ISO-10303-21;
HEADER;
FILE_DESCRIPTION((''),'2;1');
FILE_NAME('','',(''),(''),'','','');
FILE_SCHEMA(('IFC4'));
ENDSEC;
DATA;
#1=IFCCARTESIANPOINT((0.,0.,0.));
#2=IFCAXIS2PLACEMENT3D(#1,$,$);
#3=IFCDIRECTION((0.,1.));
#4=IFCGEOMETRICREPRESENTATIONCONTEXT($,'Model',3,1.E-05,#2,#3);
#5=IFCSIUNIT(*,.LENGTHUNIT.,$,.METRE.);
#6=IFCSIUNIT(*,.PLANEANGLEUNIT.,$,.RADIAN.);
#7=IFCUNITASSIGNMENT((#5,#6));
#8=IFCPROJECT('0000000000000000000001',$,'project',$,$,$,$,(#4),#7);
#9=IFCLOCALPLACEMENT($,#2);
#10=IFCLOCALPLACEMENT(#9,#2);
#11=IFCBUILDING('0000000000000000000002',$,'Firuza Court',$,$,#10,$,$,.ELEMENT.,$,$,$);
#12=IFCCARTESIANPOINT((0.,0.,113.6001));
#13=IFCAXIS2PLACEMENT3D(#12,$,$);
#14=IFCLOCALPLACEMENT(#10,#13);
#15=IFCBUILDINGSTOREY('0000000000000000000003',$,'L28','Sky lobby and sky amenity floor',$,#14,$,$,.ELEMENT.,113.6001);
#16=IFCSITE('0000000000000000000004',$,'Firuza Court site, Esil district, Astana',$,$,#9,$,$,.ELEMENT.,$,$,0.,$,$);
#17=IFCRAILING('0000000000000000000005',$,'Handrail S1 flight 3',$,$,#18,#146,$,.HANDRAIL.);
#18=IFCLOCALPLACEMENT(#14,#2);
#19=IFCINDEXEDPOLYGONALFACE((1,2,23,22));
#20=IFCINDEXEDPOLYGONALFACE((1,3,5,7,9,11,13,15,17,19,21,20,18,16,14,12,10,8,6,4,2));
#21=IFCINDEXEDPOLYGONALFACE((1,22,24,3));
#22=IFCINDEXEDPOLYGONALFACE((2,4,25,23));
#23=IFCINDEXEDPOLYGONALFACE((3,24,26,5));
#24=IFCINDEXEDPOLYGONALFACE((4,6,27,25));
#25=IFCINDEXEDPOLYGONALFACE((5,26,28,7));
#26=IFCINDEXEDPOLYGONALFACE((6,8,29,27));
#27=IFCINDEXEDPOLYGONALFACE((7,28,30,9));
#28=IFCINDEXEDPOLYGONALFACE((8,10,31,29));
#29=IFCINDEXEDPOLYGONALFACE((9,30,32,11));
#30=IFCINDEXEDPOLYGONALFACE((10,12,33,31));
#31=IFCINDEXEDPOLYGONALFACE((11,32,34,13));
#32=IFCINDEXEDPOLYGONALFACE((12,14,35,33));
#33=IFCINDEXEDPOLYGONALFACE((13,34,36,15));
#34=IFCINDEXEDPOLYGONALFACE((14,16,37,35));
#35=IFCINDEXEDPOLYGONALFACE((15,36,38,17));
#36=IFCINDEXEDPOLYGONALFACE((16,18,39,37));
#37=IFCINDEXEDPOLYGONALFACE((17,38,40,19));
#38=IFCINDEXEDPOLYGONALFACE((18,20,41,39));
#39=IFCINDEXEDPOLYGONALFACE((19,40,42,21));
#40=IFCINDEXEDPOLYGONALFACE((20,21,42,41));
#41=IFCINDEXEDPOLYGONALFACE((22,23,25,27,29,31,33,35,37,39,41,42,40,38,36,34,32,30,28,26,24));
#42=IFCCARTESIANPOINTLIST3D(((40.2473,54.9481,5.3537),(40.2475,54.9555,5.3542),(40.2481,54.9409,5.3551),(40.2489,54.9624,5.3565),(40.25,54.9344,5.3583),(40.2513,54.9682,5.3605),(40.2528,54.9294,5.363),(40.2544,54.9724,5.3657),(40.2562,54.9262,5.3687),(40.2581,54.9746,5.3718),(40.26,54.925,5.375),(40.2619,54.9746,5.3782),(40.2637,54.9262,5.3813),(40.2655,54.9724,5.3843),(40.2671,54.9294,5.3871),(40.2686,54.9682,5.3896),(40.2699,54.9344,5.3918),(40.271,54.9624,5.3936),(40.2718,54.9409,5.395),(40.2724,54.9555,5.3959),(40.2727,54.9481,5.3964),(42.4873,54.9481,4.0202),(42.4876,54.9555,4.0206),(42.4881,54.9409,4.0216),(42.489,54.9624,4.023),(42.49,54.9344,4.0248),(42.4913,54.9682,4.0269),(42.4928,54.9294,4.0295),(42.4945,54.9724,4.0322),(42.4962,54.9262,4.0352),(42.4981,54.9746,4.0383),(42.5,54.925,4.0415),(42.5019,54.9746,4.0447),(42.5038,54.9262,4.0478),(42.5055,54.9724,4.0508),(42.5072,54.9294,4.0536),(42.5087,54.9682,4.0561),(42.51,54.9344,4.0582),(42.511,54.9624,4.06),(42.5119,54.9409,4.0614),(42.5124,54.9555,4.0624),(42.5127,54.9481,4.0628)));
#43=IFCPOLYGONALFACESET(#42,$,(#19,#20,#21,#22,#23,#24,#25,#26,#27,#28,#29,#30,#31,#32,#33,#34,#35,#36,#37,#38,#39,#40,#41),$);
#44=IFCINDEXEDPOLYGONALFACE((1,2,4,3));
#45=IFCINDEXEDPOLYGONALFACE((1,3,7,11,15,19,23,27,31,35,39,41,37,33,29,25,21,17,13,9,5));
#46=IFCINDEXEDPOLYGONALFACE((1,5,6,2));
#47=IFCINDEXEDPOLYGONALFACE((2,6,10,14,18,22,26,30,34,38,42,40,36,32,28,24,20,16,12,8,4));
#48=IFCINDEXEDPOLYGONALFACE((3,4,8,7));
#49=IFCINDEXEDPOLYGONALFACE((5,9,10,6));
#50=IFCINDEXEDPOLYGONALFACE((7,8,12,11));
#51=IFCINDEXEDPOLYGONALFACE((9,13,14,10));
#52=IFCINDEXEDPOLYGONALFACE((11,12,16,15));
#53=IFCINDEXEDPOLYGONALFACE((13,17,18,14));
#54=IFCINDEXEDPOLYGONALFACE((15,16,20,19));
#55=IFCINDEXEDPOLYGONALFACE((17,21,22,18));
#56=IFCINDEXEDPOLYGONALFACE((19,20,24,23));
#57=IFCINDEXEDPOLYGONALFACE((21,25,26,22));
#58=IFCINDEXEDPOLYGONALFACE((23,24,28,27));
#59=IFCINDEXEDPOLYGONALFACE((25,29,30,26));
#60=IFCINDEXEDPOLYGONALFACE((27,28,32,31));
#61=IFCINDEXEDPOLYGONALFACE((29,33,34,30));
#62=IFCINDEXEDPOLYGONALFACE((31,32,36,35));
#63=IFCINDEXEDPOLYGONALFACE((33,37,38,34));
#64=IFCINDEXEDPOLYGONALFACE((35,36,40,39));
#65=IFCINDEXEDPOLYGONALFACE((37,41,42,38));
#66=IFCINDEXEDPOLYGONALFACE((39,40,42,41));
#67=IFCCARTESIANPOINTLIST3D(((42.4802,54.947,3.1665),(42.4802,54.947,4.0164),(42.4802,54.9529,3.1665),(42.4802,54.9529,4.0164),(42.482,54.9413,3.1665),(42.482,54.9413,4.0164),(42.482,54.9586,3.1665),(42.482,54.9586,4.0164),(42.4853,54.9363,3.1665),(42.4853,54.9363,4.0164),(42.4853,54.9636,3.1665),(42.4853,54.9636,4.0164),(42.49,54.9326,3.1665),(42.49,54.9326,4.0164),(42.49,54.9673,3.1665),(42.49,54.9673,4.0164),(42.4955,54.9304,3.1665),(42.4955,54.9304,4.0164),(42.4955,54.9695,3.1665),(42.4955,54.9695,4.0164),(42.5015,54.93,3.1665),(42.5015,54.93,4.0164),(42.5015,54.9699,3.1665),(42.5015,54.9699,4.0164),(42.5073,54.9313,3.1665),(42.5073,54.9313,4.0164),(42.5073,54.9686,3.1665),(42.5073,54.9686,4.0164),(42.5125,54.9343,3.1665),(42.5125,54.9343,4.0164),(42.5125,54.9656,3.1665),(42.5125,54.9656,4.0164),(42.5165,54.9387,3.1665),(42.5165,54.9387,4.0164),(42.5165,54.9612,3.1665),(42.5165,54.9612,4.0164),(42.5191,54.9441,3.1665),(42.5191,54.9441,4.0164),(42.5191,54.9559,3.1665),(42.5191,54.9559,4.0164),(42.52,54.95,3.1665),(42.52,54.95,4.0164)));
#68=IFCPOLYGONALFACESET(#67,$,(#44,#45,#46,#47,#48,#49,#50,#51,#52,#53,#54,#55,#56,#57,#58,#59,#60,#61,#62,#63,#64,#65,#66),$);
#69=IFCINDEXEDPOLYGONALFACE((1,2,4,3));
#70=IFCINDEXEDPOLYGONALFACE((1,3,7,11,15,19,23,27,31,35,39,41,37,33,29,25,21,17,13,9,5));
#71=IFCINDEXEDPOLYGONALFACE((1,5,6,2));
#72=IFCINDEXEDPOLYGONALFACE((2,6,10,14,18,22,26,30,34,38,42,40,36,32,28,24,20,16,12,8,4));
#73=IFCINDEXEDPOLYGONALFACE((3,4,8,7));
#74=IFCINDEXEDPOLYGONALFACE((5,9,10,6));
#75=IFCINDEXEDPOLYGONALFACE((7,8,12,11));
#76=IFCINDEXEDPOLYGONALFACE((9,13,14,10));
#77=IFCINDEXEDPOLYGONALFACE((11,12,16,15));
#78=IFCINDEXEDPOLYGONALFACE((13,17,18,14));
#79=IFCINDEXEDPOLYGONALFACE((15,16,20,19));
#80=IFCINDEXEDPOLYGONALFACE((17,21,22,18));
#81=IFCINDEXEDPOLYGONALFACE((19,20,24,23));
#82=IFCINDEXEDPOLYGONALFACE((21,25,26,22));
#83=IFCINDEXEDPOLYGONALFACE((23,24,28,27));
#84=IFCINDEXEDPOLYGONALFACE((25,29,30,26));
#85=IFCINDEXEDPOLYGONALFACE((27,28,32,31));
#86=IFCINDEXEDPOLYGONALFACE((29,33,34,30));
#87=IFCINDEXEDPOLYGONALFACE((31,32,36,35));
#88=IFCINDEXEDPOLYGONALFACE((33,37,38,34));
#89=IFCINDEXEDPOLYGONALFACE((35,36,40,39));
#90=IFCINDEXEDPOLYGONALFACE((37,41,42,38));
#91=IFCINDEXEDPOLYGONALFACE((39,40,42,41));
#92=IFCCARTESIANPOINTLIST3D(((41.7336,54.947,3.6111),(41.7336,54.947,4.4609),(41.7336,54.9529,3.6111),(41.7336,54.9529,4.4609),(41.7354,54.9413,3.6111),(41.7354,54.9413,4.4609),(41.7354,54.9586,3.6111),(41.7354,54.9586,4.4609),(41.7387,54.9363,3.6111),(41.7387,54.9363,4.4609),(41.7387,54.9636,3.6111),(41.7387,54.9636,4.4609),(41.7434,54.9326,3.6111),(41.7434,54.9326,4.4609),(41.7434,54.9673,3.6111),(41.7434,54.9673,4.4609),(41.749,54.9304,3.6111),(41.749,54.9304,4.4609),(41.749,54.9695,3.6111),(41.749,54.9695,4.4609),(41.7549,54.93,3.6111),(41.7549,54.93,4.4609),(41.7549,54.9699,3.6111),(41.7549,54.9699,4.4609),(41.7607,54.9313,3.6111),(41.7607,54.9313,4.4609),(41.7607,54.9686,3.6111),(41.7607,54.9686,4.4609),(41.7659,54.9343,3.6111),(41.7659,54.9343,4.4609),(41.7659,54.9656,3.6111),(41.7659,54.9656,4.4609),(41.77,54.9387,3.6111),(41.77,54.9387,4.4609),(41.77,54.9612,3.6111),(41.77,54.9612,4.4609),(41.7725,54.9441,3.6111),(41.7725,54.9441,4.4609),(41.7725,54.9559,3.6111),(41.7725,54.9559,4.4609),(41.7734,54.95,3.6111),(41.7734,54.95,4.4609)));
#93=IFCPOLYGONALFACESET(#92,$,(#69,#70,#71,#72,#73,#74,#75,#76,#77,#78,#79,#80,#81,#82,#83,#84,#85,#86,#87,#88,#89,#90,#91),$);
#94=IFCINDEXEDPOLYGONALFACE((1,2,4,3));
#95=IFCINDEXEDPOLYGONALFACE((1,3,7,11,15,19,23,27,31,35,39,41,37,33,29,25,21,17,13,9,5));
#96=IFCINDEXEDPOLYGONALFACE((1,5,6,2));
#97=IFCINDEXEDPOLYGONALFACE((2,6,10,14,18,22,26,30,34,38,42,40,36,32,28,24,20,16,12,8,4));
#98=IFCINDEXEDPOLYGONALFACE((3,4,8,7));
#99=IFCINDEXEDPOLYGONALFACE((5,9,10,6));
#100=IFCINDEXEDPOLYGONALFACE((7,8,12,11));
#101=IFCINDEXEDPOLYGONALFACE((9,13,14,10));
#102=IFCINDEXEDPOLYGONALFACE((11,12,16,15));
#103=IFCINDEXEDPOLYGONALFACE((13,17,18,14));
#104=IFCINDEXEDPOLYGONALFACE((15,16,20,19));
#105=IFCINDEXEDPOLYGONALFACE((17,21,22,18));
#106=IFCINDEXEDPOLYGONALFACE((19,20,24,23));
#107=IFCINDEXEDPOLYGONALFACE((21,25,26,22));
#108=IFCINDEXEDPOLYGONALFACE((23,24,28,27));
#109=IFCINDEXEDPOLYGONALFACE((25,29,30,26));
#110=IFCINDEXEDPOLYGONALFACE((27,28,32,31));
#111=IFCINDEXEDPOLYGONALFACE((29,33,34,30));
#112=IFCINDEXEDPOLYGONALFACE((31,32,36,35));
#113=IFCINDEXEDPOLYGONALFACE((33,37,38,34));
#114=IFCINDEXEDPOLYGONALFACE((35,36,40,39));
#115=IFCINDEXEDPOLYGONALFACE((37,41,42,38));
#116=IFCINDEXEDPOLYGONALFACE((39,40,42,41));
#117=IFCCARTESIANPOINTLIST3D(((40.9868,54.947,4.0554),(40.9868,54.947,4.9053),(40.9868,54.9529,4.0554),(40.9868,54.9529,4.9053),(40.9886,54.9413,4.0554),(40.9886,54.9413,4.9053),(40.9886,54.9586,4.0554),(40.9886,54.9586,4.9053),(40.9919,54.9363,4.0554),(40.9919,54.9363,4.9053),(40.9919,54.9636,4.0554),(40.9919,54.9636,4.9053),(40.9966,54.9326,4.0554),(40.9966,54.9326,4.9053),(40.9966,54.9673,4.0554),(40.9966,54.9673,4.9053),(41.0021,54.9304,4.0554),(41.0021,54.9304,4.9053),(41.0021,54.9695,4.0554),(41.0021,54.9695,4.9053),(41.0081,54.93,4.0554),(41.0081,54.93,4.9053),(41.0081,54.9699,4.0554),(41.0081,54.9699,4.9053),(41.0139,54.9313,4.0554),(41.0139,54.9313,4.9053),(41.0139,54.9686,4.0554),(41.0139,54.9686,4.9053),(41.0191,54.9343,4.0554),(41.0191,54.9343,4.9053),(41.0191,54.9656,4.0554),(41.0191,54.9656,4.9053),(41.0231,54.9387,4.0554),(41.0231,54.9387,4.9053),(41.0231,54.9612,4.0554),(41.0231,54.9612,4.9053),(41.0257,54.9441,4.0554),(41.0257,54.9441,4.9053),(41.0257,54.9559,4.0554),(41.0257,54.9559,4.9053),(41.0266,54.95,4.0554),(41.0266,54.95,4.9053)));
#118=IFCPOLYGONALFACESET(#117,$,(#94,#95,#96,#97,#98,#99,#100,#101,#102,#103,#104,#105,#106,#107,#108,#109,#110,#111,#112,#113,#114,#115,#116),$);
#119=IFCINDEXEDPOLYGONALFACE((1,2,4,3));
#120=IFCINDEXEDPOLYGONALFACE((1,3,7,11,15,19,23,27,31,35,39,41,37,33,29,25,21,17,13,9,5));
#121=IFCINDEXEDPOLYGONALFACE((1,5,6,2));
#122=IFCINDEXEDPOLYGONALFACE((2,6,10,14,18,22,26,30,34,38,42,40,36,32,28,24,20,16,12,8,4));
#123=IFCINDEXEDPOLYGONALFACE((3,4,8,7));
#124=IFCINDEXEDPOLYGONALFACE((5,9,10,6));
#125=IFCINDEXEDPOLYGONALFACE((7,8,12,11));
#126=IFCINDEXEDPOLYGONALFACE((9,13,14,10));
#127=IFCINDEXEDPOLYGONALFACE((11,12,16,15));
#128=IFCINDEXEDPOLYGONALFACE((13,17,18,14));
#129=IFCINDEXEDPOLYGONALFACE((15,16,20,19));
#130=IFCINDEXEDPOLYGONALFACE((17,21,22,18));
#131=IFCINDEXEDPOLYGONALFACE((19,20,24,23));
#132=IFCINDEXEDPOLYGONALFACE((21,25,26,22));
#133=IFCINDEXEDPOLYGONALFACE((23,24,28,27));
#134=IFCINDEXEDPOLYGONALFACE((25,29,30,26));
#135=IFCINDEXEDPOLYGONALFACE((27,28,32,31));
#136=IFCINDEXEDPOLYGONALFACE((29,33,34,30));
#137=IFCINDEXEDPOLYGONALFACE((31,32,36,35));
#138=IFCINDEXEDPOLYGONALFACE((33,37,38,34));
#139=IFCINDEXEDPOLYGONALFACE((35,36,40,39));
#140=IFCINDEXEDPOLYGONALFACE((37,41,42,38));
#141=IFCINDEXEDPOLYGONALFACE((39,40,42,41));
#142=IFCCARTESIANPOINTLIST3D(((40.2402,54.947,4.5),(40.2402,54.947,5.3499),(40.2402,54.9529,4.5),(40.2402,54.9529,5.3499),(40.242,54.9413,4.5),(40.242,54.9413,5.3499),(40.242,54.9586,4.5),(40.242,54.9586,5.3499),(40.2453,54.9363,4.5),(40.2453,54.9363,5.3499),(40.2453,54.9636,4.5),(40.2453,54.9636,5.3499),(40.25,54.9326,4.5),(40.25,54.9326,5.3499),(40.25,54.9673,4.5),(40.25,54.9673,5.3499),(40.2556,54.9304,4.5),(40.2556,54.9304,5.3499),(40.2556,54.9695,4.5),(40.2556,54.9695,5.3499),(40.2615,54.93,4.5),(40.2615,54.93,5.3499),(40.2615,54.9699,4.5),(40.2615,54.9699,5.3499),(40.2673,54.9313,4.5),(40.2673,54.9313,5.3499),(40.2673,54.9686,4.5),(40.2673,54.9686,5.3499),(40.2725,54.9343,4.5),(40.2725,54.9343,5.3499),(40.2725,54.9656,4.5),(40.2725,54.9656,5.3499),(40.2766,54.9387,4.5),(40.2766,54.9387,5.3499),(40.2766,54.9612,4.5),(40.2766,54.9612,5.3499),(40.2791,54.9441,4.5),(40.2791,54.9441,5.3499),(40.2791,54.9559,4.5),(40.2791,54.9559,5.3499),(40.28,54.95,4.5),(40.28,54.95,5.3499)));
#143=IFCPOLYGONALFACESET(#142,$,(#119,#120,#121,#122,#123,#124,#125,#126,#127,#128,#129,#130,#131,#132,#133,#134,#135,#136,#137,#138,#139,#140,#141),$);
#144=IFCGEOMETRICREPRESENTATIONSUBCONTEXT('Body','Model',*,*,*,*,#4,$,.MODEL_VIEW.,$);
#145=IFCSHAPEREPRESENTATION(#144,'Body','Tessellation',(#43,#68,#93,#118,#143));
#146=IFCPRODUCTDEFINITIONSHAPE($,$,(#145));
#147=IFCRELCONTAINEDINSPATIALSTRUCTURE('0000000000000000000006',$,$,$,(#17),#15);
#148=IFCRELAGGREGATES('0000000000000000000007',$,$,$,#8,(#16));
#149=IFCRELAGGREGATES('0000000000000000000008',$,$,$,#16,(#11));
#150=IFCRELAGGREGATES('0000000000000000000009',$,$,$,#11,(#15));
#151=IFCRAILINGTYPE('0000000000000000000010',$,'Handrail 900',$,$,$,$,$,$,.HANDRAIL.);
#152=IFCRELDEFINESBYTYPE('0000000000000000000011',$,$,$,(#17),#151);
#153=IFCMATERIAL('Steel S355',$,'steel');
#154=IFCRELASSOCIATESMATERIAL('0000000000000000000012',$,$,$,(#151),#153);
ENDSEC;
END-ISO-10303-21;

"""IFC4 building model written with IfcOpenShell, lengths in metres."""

from ifc_helpers import new_model, si_unit, direction, frame, origin, origin_2d, place, context, subcontext, project, spatial, circle, extrude, material, type_object, element, save


model = new_model("IFC4")

# Units and contexts
model_context = context("Model", 3, precision=1e-05, world=origin(), true_north=direction((0.0, 1.0)))
body_context = subcontext(model_context, "Body", "Model", "MODEL_VIEW")
ifc_project = project(units=[si_unit("LENGTHUNIT", "METRE"), si_unit("PLANEANGLEUNIT", "RADIAN")], contexts=[model_context])

# Site, building, storey
site_placement = place(None, origin())
site = spatial("IfcSite", under=ifc_project, at=site_placement, Name="Firuza Court site, Esil district, Astana", CompositionType="ELEMENT", RefElevation=0.0)
building_placement = place(site_placement, origin())
building = spatial("IfcBuilding", under=site, at=building_placement, Name="Firuza Court", CompositionType="ELEMENT")
storey_placement = place(building_placement, frame((0.0, 0.0, 113.6001)))
storey = spatial("IfcBuildingStorey", under=building, at=storey_placement, Name="L28", Description="Sky lobby and sky amenity floor", CompositionType="ELEMENT", Elevation=113.6001)

# Railing
ifc_material_1 = material(Name="Steel S355", Category="steel")
railing_type_1 = type_object("IfcRailingType", Name="Handrail 900", PredefinedType="HANDRAIL", material=ifc_material_1)
railing_1_placement = place(storey_placement, frame((42.5, 54.95, 3.1665)))
element("IfcRailing", 1, at=railing_1_placement, inside=storey, type_object=railing_type_1, Name="Handrail S1 flight 3", PredefinedType="HANDRAIL", context=body_context, shape_type="SweptSolid", body=[
    extrude(circle(Radius=0.0249, at=origin_2d()), frame((0.0, 0.0, 0.875), z_axis=(-0.859264, 0.0, 0.511532), x_axis=(0.0, -1.0, 0.0)), (0.0, 0.0, 1.0), 2.6069),
    extrude(circle(Radius=0.02, at=origin_2d()), origin(), (0.0, 0.0, 1.0), 0.8499),
    extrude(circle(Radius=0.02, at=origin_2d()), frame((-0.7466, 0.0, 0.4446)), (0.0, 0.0, 1.0), 0.8499),
    extrude(circle(Radius=0.02, at=origin_2d()), frame((-1.4934, 0.0, 0.8889)), (0.0, 0.0, 1.0), 0.8499),
    extrude(circle(Radius=0.02, at=origin_2d()), frame((-2.24, 0.0, 1.3335)), (0.0, 0.0, 1.0), 0.8499),
])

save(model, "model.ifc")
